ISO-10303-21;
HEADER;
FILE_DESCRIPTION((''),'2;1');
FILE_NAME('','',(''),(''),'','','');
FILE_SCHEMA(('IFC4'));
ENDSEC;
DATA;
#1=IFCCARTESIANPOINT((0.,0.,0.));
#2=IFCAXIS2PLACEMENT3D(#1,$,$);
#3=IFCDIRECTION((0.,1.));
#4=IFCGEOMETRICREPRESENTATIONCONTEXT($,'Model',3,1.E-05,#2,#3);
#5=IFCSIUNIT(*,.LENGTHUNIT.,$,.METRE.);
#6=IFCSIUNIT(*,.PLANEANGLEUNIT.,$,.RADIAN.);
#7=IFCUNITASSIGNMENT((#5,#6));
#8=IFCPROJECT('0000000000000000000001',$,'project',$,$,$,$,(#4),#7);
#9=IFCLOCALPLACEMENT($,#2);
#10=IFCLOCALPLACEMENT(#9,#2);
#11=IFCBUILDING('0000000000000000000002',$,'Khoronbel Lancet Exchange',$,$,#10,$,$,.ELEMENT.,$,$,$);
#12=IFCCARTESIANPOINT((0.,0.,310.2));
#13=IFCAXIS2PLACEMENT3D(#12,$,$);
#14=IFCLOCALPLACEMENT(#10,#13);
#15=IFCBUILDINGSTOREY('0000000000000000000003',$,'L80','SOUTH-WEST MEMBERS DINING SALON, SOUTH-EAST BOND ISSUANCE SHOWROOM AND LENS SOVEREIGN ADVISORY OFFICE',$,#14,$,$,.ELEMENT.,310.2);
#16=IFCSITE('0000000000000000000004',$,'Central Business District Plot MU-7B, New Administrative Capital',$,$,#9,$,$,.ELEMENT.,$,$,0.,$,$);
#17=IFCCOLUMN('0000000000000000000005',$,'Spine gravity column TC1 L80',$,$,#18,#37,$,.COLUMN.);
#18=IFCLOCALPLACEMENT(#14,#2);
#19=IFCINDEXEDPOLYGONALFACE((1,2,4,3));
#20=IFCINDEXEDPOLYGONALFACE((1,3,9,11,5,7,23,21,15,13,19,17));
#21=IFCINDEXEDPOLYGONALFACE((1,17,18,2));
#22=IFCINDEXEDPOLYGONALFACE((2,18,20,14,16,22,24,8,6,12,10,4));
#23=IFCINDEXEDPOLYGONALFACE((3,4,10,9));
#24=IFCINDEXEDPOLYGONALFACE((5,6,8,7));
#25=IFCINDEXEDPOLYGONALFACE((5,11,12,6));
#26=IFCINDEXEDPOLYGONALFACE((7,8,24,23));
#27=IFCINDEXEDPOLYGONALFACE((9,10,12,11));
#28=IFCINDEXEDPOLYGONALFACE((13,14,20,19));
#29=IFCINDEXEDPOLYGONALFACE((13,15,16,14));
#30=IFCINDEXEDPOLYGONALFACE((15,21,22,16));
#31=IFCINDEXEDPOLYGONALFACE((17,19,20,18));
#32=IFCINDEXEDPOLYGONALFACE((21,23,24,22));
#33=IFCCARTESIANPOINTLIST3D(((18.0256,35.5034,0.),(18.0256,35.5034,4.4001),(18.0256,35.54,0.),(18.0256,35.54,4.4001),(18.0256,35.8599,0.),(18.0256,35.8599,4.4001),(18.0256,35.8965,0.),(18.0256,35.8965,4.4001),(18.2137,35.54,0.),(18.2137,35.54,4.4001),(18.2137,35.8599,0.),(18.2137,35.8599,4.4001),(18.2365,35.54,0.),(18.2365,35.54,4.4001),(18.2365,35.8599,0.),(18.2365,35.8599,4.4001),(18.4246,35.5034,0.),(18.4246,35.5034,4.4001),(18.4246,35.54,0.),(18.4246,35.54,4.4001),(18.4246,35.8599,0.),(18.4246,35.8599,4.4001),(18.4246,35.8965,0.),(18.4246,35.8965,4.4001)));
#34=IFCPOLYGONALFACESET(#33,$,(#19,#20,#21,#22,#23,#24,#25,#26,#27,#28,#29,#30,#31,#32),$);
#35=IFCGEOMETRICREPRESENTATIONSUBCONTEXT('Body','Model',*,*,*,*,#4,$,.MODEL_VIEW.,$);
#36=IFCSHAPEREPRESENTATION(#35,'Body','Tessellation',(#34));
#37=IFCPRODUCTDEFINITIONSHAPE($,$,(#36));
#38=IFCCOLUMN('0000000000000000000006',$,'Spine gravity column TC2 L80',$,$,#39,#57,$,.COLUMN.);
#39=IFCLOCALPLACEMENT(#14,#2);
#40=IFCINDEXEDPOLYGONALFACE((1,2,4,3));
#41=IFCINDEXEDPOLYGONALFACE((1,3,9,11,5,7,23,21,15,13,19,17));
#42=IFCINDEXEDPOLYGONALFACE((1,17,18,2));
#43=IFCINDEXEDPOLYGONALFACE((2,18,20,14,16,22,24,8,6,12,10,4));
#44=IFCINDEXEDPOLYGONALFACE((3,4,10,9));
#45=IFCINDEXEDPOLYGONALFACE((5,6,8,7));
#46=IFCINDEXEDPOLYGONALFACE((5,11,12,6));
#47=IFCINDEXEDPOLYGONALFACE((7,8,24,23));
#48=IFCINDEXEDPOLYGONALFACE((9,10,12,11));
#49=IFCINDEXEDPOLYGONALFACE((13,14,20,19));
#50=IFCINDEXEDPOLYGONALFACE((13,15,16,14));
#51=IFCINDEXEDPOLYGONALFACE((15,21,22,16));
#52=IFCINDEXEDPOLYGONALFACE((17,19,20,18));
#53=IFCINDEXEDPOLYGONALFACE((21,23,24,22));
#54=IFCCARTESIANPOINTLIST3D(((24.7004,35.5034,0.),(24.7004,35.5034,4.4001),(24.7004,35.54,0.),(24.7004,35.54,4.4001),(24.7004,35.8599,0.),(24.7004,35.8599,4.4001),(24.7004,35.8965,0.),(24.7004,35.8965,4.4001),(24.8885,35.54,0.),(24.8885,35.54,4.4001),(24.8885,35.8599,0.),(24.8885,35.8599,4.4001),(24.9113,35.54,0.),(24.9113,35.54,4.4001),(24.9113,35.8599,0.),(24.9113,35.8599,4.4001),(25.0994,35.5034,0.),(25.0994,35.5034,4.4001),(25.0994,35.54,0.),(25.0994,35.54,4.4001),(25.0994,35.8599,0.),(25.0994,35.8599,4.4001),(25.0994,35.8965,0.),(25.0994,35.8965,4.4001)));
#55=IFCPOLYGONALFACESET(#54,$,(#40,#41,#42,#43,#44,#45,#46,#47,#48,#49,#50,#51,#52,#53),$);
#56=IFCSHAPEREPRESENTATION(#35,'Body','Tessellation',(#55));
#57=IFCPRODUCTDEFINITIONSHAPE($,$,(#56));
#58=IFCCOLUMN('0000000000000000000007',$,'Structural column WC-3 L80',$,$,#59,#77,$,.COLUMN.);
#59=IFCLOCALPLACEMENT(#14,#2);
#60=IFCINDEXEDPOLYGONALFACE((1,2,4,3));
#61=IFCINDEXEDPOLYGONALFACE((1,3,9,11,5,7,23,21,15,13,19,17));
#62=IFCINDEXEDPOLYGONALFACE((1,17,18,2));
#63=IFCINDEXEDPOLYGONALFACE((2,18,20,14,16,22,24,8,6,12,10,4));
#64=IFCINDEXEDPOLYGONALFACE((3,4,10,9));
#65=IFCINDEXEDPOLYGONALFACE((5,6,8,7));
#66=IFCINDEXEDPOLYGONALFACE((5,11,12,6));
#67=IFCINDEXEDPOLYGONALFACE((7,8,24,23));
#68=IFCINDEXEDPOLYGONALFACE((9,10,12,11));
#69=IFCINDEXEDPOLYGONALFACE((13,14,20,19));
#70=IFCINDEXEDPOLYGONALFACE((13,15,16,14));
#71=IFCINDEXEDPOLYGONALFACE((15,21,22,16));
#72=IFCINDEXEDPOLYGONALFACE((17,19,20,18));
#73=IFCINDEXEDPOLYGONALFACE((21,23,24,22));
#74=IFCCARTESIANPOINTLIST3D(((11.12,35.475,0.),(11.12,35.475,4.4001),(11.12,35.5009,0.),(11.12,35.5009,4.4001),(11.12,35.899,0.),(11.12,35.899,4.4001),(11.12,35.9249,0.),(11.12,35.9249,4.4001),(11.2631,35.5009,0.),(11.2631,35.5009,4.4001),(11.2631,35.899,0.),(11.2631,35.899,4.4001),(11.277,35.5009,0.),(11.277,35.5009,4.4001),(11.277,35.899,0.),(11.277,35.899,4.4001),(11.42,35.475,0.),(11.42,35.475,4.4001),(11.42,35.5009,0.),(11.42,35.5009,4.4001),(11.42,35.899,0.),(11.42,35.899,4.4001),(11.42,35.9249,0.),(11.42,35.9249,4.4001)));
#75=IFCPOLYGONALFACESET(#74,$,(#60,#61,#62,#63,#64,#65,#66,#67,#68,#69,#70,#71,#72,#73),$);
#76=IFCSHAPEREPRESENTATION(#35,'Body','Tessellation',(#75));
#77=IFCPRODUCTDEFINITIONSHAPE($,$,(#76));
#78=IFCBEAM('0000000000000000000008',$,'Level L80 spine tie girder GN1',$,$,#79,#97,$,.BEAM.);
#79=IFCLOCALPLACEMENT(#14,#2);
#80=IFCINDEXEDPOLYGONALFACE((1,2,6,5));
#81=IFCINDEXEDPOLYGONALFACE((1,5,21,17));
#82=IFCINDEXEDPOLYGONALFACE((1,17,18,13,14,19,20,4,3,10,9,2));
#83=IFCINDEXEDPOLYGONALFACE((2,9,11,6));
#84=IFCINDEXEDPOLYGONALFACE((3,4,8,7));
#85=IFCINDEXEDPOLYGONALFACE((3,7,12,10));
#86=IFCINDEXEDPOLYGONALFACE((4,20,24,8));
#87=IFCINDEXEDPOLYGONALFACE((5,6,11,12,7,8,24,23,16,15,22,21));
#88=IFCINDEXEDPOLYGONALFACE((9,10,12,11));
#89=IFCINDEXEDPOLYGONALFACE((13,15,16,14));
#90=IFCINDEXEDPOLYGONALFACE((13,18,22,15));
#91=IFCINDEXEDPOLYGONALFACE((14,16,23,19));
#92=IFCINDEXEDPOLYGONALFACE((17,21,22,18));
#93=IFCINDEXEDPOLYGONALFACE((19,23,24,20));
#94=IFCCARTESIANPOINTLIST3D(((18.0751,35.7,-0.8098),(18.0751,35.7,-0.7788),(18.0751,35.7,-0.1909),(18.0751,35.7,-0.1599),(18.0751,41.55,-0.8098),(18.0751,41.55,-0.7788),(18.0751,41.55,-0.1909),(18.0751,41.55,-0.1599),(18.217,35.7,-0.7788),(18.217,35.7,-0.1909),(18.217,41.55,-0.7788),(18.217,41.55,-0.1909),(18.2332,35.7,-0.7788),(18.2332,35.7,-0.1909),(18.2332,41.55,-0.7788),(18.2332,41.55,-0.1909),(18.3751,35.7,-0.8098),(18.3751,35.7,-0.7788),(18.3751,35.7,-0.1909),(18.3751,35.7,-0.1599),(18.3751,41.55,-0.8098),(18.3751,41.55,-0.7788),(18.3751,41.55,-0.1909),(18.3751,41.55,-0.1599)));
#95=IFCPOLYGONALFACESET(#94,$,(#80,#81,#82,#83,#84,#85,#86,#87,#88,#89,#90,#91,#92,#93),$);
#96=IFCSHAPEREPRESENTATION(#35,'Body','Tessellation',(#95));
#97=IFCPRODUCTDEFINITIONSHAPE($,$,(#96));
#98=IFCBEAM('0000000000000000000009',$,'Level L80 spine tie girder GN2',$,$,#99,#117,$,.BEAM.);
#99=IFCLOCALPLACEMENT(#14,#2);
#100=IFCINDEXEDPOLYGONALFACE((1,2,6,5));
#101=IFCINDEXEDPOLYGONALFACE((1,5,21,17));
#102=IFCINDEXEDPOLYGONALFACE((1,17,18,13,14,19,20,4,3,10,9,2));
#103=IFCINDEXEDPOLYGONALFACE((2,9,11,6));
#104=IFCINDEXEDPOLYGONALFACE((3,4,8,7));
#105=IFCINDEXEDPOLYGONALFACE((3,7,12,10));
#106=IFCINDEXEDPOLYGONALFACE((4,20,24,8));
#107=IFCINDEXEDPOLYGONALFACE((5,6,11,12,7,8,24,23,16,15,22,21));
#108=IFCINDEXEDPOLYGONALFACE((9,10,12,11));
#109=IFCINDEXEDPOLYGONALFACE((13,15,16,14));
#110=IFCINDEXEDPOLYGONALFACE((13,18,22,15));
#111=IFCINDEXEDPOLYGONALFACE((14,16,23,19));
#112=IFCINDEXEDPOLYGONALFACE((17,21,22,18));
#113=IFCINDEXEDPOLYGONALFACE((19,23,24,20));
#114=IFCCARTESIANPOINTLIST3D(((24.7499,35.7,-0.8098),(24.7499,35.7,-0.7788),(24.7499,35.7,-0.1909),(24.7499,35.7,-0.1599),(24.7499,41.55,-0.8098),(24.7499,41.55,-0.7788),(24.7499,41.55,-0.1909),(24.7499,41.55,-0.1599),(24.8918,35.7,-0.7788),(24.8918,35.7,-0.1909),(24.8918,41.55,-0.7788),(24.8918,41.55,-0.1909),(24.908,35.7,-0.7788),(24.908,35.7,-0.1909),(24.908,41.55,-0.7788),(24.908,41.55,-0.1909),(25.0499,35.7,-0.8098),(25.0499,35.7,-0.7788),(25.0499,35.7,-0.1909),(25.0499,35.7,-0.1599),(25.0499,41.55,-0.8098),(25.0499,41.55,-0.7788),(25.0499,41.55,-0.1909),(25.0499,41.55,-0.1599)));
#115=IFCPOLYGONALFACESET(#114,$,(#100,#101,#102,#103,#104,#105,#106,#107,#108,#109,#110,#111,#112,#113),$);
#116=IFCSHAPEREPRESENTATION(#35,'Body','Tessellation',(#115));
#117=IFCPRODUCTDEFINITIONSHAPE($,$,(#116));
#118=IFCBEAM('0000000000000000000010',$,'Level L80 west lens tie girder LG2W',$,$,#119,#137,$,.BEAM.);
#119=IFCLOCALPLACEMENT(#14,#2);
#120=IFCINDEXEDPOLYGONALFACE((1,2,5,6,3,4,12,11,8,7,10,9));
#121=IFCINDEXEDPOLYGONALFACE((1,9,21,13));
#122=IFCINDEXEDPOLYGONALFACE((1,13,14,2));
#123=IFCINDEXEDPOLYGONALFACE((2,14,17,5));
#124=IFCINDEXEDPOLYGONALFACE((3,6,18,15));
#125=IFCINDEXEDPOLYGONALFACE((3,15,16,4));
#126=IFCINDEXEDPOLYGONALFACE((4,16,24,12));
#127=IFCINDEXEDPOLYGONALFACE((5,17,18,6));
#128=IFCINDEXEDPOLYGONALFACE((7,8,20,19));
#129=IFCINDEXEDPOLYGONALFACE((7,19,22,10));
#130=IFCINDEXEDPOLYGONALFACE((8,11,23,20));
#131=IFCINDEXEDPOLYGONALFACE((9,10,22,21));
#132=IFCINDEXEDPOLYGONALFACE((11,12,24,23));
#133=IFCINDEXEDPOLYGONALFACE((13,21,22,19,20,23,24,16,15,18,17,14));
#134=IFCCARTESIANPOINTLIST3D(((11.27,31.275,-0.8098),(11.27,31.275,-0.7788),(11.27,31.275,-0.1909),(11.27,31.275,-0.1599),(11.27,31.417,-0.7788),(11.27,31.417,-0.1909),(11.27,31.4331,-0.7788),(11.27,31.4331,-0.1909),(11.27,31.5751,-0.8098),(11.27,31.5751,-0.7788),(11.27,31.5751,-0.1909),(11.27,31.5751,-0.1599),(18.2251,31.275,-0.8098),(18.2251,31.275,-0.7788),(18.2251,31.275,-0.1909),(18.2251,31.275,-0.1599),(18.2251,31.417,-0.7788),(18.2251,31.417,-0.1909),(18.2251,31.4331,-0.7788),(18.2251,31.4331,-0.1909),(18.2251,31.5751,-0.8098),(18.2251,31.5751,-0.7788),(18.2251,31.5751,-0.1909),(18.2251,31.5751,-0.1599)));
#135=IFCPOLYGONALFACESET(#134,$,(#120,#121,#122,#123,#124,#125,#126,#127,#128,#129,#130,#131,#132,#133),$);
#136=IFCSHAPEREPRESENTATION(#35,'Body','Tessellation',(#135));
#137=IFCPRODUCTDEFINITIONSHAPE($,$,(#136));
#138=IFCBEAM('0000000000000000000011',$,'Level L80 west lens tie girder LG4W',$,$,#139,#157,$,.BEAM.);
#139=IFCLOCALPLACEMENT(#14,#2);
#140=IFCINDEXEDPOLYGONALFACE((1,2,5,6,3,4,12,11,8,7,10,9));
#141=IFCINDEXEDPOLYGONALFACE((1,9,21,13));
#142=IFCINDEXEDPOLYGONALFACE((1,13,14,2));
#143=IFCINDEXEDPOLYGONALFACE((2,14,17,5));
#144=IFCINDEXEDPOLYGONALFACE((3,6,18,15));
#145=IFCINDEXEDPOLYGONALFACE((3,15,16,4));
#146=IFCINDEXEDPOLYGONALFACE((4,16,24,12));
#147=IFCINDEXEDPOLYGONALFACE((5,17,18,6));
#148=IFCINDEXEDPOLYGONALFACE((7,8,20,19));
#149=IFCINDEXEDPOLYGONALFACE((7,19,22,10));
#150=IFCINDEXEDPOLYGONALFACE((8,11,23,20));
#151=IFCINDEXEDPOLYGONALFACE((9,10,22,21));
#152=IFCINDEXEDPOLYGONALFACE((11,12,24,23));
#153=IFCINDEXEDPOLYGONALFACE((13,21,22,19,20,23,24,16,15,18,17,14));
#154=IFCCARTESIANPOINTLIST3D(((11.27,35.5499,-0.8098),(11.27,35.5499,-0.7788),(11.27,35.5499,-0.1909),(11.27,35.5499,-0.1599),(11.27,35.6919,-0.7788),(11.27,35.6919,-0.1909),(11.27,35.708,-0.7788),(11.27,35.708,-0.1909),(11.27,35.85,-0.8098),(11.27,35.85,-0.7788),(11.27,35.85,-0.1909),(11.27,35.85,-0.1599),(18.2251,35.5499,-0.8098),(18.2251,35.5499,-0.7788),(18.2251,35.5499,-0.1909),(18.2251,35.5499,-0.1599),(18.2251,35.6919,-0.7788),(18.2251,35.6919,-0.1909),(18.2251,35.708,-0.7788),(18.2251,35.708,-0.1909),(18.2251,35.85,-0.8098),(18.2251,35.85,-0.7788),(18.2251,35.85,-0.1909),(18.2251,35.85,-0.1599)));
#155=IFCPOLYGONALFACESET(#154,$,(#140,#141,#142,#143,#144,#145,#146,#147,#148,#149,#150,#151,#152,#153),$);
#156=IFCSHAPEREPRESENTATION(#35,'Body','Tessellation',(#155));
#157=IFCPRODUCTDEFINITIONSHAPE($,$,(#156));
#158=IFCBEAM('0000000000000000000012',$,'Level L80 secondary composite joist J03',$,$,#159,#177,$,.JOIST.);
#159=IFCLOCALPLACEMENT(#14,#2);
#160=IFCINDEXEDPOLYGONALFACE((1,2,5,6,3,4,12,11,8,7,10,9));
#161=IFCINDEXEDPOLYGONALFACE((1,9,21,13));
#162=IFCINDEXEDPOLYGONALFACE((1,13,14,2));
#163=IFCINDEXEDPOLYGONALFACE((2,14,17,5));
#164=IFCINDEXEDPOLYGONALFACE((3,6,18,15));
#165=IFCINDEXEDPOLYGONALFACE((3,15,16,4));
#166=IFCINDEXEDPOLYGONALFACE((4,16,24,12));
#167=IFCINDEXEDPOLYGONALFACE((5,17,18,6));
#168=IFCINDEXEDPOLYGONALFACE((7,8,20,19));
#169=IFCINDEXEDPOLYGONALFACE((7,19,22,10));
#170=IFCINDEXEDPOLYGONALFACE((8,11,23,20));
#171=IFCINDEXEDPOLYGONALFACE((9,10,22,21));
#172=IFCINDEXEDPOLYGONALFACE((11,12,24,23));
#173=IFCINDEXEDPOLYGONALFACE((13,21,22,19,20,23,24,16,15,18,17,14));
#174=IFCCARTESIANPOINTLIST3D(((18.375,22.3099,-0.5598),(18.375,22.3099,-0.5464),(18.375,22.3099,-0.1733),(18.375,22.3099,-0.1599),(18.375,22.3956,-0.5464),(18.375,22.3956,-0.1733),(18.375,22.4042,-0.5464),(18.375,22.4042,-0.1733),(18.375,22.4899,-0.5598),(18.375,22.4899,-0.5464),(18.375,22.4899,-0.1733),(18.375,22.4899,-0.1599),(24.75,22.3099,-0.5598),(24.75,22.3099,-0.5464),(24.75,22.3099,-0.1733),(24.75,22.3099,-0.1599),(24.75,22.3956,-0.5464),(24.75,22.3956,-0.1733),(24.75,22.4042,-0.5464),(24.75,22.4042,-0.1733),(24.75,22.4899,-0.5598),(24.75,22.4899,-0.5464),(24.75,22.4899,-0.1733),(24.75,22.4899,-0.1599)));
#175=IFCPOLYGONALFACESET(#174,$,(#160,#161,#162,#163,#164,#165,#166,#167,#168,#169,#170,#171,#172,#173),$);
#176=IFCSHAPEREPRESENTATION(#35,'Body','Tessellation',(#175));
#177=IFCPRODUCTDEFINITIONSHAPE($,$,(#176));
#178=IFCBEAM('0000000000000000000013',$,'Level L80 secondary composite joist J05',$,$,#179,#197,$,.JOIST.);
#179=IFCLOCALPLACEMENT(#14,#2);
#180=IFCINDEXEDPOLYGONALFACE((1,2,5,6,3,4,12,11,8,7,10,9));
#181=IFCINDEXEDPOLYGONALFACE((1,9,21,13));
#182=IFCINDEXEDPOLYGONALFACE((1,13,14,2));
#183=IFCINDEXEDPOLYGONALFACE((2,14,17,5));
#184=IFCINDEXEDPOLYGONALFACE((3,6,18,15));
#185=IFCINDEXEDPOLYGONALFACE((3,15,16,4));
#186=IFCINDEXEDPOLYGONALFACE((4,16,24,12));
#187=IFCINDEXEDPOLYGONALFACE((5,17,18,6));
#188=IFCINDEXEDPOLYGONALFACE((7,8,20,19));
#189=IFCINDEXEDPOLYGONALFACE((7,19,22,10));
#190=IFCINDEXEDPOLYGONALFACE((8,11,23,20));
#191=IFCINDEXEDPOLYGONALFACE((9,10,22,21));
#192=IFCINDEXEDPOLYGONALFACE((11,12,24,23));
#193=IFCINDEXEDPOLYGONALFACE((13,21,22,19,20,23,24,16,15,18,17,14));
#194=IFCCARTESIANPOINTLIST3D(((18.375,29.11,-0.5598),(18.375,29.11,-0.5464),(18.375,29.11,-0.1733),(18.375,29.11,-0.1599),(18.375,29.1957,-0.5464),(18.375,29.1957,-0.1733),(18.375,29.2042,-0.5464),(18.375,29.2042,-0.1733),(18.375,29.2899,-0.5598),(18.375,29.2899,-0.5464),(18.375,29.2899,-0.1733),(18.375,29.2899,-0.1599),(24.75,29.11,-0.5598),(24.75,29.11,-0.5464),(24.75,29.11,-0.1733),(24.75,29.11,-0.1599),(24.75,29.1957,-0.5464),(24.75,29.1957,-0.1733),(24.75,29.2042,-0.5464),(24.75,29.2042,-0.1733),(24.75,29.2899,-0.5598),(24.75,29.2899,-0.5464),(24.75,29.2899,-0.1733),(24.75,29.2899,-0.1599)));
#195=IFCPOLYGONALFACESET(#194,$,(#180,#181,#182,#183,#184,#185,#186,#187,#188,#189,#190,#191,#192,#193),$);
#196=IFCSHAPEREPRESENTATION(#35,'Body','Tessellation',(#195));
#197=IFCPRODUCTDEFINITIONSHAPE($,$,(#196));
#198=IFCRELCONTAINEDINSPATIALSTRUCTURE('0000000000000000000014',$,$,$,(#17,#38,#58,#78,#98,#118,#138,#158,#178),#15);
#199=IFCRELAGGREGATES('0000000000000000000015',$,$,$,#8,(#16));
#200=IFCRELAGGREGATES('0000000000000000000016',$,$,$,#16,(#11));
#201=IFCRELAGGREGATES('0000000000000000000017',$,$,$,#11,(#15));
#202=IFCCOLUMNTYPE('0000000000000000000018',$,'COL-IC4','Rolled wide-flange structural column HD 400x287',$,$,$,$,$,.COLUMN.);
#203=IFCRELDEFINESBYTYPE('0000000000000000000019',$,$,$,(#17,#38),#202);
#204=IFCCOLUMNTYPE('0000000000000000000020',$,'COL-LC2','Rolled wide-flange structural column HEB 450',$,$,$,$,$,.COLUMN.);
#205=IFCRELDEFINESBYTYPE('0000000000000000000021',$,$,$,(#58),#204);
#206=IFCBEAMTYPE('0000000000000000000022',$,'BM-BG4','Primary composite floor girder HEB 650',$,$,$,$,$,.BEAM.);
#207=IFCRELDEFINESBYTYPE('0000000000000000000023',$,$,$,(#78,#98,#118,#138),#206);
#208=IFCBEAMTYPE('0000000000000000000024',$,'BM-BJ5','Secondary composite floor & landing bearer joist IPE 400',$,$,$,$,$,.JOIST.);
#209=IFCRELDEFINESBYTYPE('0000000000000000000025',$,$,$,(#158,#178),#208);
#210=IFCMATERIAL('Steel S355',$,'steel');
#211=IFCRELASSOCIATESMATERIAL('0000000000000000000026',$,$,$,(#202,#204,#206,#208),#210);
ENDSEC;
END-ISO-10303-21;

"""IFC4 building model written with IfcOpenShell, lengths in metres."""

from ifc_helpers import new_model, si_unit, direction, frame, origin, origin_2d, place, context, subcontext, project, spatial, i_section, extrude, material, material_profile, profile_set, type_object, element, save


model = new_model("IFC4")

# Units and contexts
model_context = context("Model", 3, precision=1e-05, world=origin(), true_north=direction((0.0, 1.0)))
body_context = subcontext(model_context, "Body", "Model", "MODEL_VIEW")
ifc_project = project(units=[si_unit("LENGTHUNIT", "METRE"), si_unit("PLANEANGLEUNIT", "RADIAN")], contexts=[model_context])

# Site, building, storey
site_placement = place(None, origin())
site = spatial("IfcSite", under=ifc_project, at=site_placement, Name="Central Business District Plot MU-7B, New Administrative Capital", CompositionType="ELEMENT", RefElevation=0.0)
building_placement = place(site_placement, origin())
building = spatial("IfcBuilding", under=site, at=building_placement, Name="Khoronbel Lancet Exchange", CompositionType="ELEMENT")
storey_placement = place(building_placement, frame((0.0, 0.0, 310.2)))
storey = spatial("IfcBuildingStorey", under=building, at=storey_placement, Name="L80", Description="SOUTH-WEST MEMBERS DINING SALON, SOUTH-EAST BOND ISSUANCE SHOWROOM AND LENS SOVEREIGN ADVISORY OFFICE", CompositionType="ELEMENT", Elevation=310.2)

# Columns
ifc_material_1 = material(Name="Steel S355", Category="steel")
ifc_material_profile_1 = material_profile(ifc_material_1, i_section(OverallWidth=0.3989, OverallDepth=0.3931, WebThickness=0.0227, FlangeThickness=0.0366, at=origin_2d()), Name="HD 400x287")
ifc_profile_set_1 = profile_set([ifc_material_profile_1], Name="Steel S355")
column_type_1 = type_object("IfcColumnType", Name="COL-IC4", Description="Rolled wide-flange structural column HD 400x287", PredefinedType="COLUMN", material=ifc_profile_set_1)
for number, where, z_axis, x_axis, name in (
    (1, (18.2251, 35.7, 0.0), (0.0, 0.0, 1.0), (1.0, 0.0, 0.0), "Spine gravity column TC1 L80"),
    (2, (24.8999, 35.7, 0.0), (0.0, 0.0, 1.0), (1.0, 0.0, 0.0), "Spine gravity column TC2 L80"),
):
    element("IfcColumn", number, at=place(storey_placement, frame(where, z_axis=z_axis, x_axis=x_axis)), inside=storey, type_object=column_type_1, Name=name, PredefinedType="COLUMN", context=body_context, shape_type="SweptSolid", body=[
        extrude(i_section(OverallWidth=0.3989, OverallDepth=0.3931, WebThickness=0.0227, FlangeThickness=0.0366, at=origin_2d()), origin(), (0.0, 0.0, 1.0), 4.4001),
    ])
ifc_material_profile_2 = material_profile(ifc_material_1, i_section(OverallWidth=0.3, OverallDepth=0.45, WebThickness=0.0139, FlangeThickness=0.0259, at=origin_2d()), Name="HEB 450")
ifc_profile_set_2 = profile_set([ifc_material_profile_2], Name="Steel S355")
column_type_2 = type_object("IfcColumnType", Name="COL-LC2", Description="Rolled wide-flange structural column HEB 450", PredefinedType="COLUMN", material=ifc_profile_set_2)
column_placement = place(storey_placement, frame((11.27, 35.7, 0.0), z_axis=(0.0, 0.0, 1.0), x_axis=(1.0, 0.0, 0.0)))
element("IfcColumn", 3, at=column_placement, inside=storey, type_object=column_type_2, Name="Structural column WC-3 L80", PredefinedType="COLUMN", context=body_context, shape_type="SweptSolid", body=[
    extrude(i_section(OverallWidth=0.3, OverallDepth=0.45, WebThickness=0.0139, FlangeThickness=0.0259, at=origin_2d()), origin(), (0.0, 0.0, 1.0), 4.4001),
])

# Beams
ifc_material_profile_3 = material_profile(ifc_material_1, i_section(OverallWidth=0.3, OverallDepth=0.6499, WebThickness=0.0161, FlangeThickness=0.031, at=origin_2d()), Name="HEB 650")
ifc_profile_set_3 = profile_set([ifc_material_profile_3], Name="Steel S355")
beam_type_1 = type_object("IfcBeamType", Name="BM-BG4", Description="Primary composite floor girder HEB 650", PredefinedType="BEAM", material=ifc_profile_set_3)
for number, where, z_axis, x_axis, name in (
    (4, (18.2251, 35.7, -0.4849), (0.0, 1.0, 0.0), (-1.0, 0.0, 0.0), "Level L80 spine tie girder GN1"),
    (5, (24.8999, 35.7, -0.4849), (0.0, 1.0, 0.0), (-1.0, 0.0, 0.0), "Level L80 spine tie girder GN2"),
):
    element("IfcBeam", number, at=place(storey_placement, frame(where, z_axis=z_axis, x_axis=x_axis)), inside=storey, type_object=beam_type_1, Name=name, PredefinedType="BEAM", context=body_context, shape_type="SweptSolid", body=[
        extrude(i_section(OverallWidth=0.3, OverallDepth=0.6499, WebThickness=0.0161, FlangeThickness=0.031, at=origin_2d()), origin(), (0.0, 0.0, 1.0), 5.8501),
    ])
for number, where, z_axis, x_axis, name in (
    (6, (11.27, 31.425, -0.4849), (1.0, 0.0, 0.0), (0.0, 1.0, 0.0), "Level L80 west lens tie girder LG2W"),
    (7, (11.27, 35.7, -0.4849), (1.0, 0.0, 0.0), (0.0, 1.0, 0.0), "Level L80 west lens tie girder LG4W"),
):
    element("IfcBeam", number, at=place(storey_placement, frame(where, z_axis=z_axis, x_axis=x_axis)), inside=storey, type_object=beam_type_1, Name=name, PredefinedType="BEAM", context=body_context, shape_type="SweptSolid", body=[
        extrude(i_section(OverallWidth=0.3, OverallDepth=0.6499, WebThickness=0.0161, FlangeThickness=0.031, at=origin_2d()), origin(), (0.0, 0.0, 1.0), 6.9551),
    ])
ifc_material_profile_4 = material_profile(ifc_material_1, i_section(OverallWidth=0.1799, OverallDepth=0.3999, WebThickness=0.0085, FlangeThickness=0.0134, at=origin_2d()), Name="IPE 400")
ifc_profile_set_4 = profile_set([ifc_material_profile_4], Name="Steel S355")
beam_type_2 = type_object("IfcBeamType", Name="BM-BJ5", Description="Secondary composite floor & landing bearer joist IPE 400", PredefinedType="JOIST", material=ifc_profile_set_4)
for number, where, z_axis, x_axis, name in (
    (8, (18.375, 22.3999, -0.3599), (1.0, 0.0, 0.0), (0.0, 1.0, 0.0), "Level L80 secondary composite joist J03"),
    (9, (18.375, 29.2, -0.3599), (1.0, 0.0, 0.0), (0.0, 1.0, 0.0), "Level L80 secondary composite joist J05"),
):
    element("IfcBeam", number, at=place(storey_placement, frame(where, z_axis=z_axis, x_axis=x_axis)), inside=storey, type_object=beam_type_2, Name=name, PredefinedType="JOIST", context=body_context, shape_type="SweptSolid", body=[
        extrude(i_section(OverallWidth=0.1799, OverallDepth=0.3999, WebThickness=0.0085, FlangeThickness=0.0134, at=origin_2d()), origin(), (0.0, 0.0, 1.0), 6.375),
    ])

save(model, "model.ifc")
